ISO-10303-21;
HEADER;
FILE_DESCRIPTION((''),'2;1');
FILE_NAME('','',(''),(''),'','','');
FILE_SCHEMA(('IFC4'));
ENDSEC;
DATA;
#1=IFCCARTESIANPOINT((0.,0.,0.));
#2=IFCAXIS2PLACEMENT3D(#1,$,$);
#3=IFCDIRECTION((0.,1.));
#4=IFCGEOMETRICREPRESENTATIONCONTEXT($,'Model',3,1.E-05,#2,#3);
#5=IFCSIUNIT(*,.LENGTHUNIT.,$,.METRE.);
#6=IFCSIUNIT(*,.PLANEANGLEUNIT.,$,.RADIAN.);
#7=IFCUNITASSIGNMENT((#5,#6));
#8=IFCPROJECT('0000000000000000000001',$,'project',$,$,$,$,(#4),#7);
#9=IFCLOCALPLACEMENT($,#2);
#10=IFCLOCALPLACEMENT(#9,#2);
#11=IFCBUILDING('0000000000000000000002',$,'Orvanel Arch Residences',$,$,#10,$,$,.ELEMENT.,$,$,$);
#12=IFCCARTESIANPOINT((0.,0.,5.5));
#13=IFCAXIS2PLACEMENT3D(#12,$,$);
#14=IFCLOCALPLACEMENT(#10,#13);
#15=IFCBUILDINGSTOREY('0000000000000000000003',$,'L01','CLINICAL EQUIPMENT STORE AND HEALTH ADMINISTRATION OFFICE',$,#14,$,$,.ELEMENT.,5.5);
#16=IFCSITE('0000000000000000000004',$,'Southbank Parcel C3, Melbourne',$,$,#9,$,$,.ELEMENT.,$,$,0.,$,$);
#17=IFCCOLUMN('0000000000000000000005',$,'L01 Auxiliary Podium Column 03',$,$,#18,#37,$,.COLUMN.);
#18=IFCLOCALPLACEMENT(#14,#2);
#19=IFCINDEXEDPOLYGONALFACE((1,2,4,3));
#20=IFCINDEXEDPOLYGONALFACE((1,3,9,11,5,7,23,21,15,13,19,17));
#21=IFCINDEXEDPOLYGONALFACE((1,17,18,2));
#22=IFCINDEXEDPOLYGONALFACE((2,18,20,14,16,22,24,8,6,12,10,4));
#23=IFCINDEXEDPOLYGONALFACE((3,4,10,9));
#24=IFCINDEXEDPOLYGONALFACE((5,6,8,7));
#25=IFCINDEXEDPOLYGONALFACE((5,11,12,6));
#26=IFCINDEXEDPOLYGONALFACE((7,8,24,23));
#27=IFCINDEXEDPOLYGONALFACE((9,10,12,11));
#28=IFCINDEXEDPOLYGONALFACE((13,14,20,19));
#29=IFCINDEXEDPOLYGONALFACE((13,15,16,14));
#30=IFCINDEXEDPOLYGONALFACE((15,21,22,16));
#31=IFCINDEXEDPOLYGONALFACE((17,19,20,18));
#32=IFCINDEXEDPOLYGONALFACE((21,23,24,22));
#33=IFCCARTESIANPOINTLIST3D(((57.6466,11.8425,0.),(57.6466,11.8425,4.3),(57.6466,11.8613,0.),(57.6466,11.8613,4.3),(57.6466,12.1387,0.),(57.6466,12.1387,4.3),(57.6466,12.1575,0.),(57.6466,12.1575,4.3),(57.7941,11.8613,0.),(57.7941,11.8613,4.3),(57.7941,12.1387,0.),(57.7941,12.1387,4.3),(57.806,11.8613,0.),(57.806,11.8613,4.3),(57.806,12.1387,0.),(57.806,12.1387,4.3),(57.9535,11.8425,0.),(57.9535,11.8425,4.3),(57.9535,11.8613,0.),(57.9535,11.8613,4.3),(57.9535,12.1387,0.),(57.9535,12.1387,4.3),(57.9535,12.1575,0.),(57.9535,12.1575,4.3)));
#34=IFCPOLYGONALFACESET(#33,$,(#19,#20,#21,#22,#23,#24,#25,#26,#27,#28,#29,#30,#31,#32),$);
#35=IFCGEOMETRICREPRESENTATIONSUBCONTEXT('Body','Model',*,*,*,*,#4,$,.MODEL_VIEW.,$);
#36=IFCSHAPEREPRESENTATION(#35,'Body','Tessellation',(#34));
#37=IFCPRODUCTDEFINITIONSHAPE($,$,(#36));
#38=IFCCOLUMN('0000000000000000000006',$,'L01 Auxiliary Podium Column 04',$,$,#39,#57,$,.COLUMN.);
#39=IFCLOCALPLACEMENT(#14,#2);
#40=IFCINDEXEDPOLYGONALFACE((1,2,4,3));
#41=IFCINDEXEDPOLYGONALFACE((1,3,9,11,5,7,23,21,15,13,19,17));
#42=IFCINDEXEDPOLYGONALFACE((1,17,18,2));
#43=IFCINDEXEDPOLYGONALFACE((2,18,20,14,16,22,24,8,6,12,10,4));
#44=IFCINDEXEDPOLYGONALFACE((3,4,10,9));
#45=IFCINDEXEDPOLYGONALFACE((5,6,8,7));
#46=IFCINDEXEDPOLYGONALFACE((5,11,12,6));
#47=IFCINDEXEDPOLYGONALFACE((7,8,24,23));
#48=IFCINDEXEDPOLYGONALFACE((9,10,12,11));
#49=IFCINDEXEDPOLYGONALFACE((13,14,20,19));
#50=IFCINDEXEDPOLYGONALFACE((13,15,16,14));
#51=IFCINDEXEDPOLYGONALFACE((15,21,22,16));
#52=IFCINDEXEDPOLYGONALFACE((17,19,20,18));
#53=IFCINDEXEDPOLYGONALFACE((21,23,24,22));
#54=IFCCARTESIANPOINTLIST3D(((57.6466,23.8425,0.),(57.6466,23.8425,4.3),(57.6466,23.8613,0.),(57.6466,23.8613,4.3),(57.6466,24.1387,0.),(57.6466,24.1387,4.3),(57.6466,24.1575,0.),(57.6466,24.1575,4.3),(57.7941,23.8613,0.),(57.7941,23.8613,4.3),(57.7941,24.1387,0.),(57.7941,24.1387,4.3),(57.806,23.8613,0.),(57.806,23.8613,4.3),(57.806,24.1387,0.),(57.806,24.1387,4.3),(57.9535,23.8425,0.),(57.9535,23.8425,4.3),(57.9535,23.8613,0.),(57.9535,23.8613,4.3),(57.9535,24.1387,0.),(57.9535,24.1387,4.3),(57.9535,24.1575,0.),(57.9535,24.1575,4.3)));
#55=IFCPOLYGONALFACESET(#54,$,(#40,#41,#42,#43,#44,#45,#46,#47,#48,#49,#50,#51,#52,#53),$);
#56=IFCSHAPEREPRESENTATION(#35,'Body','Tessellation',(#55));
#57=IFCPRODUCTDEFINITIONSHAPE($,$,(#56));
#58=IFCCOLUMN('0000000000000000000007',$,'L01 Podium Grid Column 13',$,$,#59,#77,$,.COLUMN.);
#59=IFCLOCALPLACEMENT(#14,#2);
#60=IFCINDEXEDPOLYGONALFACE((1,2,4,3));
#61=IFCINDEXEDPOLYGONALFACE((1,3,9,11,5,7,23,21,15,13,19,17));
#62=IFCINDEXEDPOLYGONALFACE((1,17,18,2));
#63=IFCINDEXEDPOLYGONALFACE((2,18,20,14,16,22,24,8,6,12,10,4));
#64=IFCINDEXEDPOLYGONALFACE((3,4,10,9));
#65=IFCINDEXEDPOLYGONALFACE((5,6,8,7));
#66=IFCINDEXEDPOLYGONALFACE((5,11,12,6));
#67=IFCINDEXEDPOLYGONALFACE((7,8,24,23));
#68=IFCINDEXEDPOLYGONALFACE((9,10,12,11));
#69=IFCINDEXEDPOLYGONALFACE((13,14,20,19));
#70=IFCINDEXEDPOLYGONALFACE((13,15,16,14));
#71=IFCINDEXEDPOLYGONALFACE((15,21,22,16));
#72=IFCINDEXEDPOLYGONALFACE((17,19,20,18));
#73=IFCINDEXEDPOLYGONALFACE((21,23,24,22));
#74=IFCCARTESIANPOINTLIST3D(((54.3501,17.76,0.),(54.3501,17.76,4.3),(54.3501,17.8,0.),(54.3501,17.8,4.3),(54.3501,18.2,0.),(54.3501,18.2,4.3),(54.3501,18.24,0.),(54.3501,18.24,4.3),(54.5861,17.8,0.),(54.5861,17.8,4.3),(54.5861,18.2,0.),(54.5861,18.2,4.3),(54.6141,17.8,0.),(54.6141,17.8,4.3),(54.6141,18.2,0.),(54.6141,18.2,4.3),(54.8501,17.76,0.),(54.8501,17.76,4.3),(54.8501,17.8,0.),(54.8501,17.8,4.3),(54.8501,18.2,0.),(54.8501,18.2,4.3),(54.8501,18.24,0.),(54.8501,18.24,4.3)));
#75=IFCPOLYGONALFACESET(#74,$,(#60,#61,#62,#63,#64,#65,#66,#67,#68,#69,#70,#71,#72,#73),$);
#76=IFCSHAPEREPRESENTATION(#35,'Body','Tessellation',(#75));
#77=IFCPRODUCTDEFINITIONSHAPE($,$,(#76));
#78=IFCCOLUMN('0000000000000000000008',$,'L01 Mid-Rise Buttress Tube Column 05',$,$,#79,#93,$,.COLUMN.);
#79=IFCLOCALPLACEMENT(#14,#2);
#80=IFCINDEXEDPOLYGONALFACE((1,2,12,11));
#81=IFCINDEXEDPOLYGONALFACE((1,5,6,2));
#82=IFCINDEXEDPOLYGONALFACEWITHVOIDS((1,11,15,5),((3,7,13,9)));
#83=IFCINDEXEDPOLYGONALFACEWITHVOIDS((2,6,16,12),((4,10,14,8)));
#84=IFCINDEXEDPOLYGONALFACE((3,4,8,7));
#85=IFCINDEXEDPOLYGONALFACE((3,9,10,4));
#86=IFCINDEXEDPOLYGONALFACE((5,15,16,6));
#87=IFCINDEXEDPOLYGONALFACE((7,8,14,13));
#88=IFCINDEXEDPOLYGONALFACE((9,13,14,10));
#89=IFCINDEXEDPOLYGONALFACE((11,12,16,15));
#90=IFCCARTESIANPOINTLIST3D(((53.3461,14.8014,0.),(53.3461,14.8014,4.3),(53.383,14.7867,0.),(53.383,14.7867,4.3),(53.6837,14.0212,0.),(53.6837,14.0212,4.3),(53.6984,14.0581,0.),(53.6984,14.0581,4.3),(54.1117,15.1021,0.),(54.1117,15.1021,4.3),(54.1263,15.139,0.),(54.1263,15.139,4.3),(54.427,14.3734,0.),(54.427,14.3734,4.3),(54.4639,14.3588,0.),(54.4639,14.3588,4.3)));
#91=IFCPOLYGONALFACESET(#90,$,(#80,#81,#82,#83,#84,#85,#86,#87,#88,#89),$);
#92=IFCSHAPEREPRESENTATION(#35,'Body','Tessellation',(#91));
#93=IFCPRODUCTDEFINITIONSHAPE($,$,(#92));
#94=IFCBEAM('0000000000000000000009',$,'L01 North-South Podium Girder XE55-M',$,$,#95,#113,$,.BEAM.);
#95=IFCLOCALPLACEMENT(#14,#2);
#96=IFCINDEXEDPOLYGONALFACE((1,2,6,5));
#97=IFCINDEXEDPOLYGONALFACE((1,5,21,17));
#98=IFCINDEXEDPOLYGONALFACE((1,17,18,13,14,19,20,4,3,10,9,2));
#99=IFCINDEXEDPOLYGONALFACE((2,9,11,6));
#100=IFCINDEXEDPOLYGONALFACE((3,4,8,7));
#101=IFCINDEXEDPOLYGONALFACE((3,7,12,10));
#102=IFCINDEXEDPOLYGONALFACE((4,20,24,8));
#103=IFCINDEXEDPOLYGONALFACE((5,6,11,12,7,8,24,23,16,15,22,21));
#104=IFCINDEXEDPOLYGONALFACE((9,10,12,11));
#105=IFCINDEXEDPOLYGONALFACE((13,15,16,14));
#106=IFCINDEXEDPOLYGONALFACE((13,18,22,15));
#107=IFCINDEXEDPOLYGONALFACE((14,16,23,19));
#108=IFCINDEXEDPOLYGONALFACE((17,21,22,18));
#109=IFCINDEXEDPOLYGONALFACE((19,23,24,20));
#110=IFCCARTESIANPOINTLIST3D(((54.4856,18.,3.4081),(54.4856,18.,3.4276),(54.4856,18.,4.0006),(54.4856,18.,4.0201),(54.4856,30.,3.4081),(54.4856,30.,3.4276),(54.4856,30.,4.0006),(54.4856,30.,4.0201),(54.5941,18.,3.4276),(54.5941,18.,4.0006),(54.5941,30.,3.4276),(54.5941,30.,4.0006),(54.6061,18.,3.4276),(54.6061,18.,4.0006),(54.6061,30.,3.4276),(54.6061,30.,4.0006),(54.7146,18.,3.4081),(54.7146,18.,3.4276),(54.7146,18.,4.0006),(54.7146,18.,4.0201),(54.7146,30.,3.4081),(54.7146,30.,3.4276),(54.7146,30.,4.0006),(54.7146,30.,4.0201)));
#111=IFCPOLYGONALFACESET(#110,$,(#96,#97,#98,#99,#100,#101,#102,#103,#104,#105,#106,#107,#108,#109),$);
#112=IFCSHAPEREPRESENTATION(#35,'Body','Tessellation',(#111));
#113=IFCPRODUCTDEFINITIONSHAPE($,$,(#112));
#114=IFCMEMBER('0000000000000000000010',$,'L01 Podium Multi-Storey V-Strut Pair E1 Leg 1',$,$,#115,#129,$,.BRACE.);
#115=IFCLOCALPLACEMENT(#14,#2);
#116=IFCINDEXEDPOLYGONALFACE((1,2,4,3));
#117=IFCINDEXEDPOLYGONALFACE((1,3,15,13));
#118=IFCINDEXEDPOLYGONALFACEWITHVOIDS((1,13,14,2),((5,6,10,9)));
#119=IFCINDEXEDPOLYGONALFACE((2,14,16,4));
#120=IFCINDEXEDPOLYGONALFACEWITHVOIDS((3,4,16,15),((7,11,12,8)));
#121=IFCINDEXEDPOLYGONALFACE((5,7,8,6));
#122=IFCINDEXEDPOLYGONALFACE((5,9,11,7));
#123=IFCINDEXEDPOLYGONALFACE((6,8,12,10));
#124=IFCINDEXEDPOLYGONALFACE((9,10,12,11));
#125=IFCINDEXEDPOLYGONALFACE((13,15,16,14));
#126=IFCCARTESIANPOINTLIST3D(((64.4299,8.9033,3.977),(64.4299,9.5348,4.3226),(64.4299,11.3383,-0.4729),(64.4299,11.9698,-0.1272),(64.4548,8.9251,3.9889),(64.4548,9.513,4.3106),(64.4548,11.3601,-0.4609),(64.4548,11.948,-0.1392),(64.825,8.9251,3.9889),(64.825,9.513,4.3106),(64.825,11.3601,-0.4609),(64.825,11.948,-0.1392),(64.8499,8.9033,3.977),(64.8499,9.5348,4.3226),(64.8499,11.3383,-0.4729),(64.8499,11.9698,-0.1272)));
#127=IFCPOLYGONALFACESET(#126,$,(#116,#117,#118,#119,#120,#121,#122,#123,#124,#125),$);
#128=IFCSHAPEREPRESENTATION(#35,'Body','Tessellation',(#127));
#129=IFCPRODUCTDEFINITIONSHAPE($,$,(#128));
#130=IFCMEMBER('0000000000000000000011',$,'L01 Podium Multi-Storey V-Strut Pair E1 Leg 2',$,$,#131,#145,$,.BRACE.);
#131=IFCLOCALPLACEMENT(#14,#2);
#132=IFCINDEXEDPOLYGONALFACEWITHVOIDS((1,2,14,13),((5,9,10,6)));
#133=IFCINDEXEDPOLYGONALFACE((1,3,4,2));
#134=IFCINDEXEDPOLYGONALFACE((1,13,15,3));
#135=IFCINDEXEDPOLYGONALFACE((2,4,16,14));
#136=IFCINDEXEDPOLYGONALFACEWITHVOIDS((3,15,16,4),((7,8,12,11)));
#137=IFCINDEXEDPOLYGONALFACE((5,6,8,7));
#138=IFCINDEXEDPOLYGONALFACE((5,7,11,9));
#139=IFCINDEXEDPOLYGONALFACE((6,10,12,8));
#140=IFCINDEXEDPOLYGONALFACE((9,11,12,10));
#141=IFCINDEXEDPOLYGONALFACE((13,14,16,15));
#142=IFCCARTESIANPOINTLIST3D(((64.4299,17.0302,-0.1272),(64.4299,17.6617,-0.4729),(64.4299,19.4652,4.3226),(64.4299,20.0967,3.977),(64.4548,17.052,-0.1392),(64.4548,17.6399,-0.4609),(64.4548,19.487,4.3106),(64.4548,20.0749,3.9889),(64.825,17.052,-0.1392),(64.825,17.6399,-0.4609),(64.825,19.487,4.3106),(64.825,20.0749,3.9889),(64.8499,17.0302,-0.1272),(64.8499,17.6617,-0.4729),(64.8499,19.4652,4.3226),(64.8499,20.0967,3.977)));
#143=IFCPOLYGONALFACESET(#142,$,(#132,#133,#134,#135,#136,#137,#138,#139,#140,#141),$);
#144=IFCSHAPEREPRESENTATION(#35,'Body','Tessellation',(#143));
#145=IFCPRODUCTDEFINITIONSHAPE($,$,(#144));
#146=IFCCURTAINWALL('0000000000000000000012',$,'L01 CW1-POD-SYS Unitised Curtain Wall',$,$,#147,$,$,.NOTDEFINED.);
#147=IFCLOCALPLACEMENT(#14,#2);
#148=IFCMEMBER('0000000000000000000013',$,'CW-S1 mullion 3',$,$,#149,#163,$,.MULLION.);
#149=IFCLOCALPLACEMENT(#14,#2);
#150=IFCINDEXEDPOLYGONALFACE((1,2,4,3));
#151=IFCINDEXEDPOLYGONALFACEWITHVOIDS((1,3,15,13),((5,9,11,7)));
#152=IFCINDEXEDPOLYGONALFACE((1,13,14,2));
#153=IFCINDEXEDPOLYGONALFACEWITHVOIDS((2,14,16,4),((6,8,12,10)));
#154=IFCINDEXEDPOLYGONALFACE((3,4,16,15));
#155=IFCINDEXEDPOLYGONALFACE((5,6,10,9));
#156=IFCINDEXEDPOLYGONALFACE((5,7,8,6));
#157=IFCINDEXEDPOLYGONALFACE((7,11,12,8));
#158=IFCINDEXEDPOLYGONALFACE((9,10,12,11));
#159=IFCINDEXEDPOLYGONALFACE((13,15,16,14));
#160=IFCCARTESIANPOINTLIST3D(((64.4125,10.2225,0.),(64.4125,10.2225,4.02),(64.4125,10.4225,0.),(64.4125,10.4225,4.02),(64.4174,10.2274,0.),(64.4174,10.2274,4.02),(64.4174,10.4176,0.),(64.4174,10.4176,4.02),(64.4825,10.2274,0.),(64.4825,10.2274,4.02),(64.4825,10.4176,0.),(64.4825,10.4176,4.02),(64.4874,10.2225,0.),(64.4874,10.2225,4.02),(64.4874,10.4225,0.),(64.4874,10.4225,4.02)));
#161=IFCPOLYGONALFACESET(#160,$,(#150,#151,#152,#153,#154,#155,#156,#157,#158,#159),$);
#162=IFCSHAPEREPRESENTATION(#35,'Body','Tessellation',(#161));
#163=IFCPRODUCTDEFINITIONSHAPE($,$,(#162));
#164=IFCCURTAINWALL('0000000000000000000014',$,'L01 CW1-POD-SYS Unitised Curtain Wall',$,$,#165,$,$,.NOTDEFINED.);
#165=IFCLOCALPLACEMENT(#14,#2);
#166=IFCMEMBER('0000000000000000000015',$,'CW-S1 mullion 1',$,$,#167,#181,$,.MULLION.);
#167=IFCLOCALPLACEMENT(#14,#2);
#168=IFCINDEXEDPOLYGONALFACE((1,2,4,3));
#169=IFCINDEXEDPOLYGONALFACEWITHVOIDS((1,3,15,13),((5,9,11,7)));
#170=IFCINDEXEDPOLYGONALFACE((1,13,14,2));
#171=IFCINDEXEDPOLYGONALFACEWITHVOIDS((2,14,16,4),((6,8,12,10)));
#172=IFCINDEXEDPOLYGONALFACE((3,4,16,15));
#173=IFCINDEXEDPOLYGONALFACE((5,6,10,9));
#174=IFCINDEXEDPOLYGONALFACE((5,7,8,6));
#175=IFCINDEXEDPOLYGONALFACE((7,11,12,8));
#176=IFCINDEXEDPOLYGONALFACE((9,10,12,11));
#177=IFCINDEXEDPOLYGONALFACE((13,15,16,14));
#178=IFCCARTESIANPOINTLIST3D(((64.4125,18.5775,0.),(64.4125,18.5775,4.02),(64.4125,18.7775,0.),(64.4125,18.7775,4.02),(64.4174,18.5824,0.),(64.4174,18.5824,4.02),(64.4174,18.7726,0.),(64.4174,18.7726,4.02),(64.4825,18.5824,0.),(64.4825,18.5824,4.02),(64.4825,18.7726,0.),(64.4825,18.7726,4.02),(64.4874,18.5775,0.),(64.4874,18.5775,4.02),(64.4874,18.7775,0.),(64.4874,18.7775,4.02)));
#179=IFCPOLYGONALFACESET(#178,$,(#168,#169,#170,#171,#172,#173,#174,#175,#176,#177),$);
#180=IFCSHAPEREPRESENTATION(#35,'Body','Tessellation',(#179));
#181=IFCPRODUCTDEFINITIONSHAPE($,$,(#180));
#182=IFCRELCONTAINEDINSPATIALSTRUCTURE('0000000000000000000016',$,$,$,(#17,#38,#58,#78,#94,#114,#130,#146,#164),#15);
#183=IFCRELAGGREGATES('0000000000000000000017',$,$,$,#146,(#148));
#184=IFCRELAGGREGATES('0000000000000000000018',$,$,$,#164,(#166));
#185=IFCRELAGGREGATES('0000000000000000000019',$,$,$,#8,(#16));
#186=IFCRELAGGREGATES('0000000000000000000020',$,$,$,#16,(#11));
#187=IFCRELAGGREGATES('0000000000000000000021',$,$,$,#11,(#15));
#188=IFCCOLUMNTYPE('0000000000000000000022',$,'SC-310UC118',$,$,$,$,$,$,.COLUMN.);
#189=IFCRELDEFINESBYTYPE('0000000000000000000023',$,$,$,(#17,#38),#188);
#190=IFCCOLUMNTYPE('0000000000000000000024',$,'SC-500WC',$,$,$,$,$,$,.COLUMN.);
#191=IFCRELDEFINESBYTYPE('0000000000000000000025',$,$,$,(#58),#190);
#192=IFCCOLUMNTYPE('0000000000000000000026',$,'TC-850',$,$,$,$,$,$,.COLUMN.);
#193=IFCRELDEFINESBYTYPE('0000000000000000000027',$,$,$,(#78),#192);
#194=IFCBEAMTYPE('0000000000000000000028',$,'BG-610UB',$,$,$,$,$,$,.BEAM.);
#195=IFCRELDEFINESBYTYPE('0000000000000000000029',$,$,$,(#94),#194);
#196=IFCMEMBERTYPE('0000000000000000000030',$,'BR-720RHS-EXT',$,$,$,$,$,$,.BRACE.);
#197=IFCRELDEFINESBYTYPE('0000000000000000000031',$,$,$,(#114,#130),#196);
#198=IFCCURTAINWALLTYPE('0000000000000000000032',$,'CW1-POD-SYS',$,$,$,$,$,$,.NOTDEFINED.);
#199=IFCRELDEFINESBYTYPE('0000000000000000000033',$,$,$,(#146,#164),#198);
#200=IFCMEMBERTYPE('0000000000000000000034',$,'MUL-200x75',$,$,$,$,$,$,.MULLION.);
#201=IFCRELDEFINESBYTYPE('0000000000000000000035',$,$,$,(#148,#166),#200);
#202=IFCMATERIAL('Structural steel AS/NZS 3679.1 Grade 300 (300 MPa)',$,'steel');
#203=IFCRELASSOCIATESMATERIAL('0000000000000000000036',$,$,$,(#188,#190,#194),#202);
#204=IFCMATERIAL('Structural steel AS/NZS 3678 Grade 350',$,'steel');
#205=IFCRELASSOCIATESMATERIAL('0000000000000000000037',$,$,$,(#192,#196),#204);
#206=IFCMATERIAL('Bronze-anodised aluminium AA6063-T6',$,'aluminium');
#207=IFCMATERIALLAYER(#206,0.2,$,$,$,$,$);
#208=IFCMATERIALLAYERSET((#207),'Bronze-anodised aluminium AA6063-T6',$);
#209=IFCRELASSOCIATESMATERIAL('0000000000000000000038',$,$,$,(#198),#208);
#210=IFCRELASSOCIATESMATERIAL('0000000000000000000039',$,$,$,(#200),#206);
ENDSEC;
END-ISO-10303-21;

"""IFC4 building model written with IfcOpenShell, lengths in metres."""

from ifc_helpers import new_model, si_unit, direction, frame, origin, origin_2d, place, context, subcontext, project, spatial, hollow_rectangle, i_section, extrude, material, layer, layer_set, material_profile, profile_set, type_object, element, aggregate, save


model = new_model("IFC4")

# Units and contexts
model_context = context("Model", 3, precision=1e-05, world=origin(), true_north=direction((0.0, 1.0)))
body_context = subcontext(model_context, "Body", "Model", "MODEL_VIEW")
ifc_project = project(units=[si_unit("LENGTHUNIT", "METRE"), si_unit("PLANEANGLEUNIT", "RADIAN")], contexts=[model_context])

# Site, building, storey
site_placement = place(None, origin())
site = spatial("IfcSite", under=ifc_project, at=site_placement, Name="Southbank Parcel C3, Melbourne", CompositionType="ELEMENT", RefElevation=0.0)
building_placement = place(site_placement, origin())
building = spatial("IfcBuilding", under=site, at=building_placement, Name="Orvanel Arch Residences", CompositionType="ELEMENT")
storey_placement = place(building_placement, frame((0.0, 0.0, 5.5)))
storey = spatial("IfcBuildingStorey", under=building, at=storey_placement, Name="L01", Description="CLINICAL EQUIPMENT STORE AND HEALTH ADMINISTRATION OFFICE", CompositionType="ELEMENT", Elevation=5.5)

# Columns
ifc_material_1 = material(Name="Structural steel AS/NZS 3679.1 Grade 300 (300 MPa)", Category="steel")
ifc_material_profile_1 = material_profile(ifc_material_1, i_section(OverallWidth=0.3069, OverallDepth=0.3149, WebThickness=0.012, FlangeThickness=0.0188, at=origin_2d()), Name="310UC118")
ifc_profile_set_1 = profile_set([ifc_material_profile_1], Name="Structural steel AS/NZS 3679.1 Grade 300 (300 MPa)")
column_type_1 = type_object("IfcColumnType", Name="SC-310UC118", PredefinedType="COLUMN", material=ifc_profile_set_1)
for number, where, z_axis, x_axis, name in (
    (1, (57.8, 12.0, 0.0), (0.0, 0.0, 1.0), (1.0, 0.0, 0.0), "L01 Auxiliary Podium Column 03"),
    (2, (57.8, 24.0, 0.0), (0.0, 0.0, 1.0), (1.0, 0.0, 0.0), "L01 Auxiliary Podium Column 04"),
):
    element("IfcColumn", number, at=place(storey_placement, frame(where, z_axis=z_axis, x_axis=x_axis)), inside=storey, type_object=column_type_1, Name=name, PredefinedType="COLUMN", context=body_context, shape_type="SweptSolid", body=[
        extrude(i_section(OverallWidth=0.3069, OverallDepth=0.3149, WebThickness=0.012, FlangeThickness=0.0188, at=origin_2d()), origin(), (0.0, 0.0, 1.0), 4.3),
    ])
ifc_material_profile_2 = material_profile(ifc_material_1, i_section(OverallWidth=0.5, OverallDepth=0.48, WebThickness=0.0281, FlangeThickness=0.04, at=origin_2d()), Name="500WC440")
ifc_profile_set_2 = profile_set([ifc_material_profile_2], Name="Structural steel AS/NZS 3679.1 Grade 300 (300 MPa)")
column_type_2 = type_object("IfcColumnType", Name="SC-500WC", PredefinedType="COLUMN", material=ifc_profile_set_2)
column_1_placement = place(storey_placement, frame((54.6001, 18.0, 0.0), z_axis=(0.0, 0.0, 1.0), x_axis=(1.0, 0.0, 0.0)))
element("IfcColumn", 3, at=column_1_placement, inside=storey, type_object=column_type_2, Name="L01 Podium Grid Column 13", PredefinedType="COLUMN", context=body_context, shape_type="SweptSolid", body=[
    extrude(i_section(OverallWidth=0.5, OverallDepth=0.48, WebThickness=0.0281, FlangeThickness=0.04, at=origin_2d()), origin(), (0.0, 0.0, 1.0), 4.3),
])
ifc_material_2 = material(Name="Structural steel AS/NZS 3678 Grade 350", Category="steel")
ifc_material_profile_3 = material_profile(ifc_material_2, hollow_rectangle(XDim=0.8501, YDim=0.8501, WallThickness=0.0281, at=origin_2d()), Name="BOX850x850x28")
ifc_profile_set_3 = profile_set([ifc_material_profile_3], Name="Structural steel AS/NZS 3678 Grade 350")
column_type_3 = type_object("IfcColumnType", Name="TC-850", PredefinedType="COLUMN", material=ifc_profile_set_3)
column_2_placement = place(storey_placement, frame((53.905, 14.5801, 0.0), z_axis=(0.0, 0.0, 1.0), x_axis=(-0.397148, 0.917755, 0.0)))
element("IfcColumn", 4, at=column_2_placement, inside=storey, type_object=column_type_3, Name="L01 Mid-Rise Buttress Tube Column 05", PredefinedType="COLUMN", context=body_context, shape_type="SweptSolid", body=[
    extrude(hollow_rectangle(XDim=0.8501, YDim=0.8501, WallThickness=0.0281, at=origin_2d()), origin(), (0.0, 0.0, 1.0), 4.3),
])

# Beam
ifc_material_profile_4 = material_profile(ifc_material_1, i_section(OverallWidth=0.229, OverallDepth=0.6121, WebThickness=0.012, FlangeThickness=0.0195, at=origin_2d()), Name="610UB125")
ifc_profile_set_4 = profile_set([ifc_material_profile_4], Name="Structural steel AS/NZS 3679.1 Grade 300 (300 MPa)")
beam_type = type_object("IfcBeamType", Name="BG-610UB", PredefinedType="BEAM", material=ifc_profile_set_4)
beam_placement = place(storey_placement, frame((54.6001, 18.0, 3.7141), z_axis=(0.0, 1.0, 0.0), x_axis=(-1.0, 0.0, 0.0)))
element("IfcBeam", 5, at=beam_placement, inside=storey, type_object=beam_type, Name="L01 North-South Podium Girder XE55-M", PredefinedType="BEAM", context=body_context, shape_type="SweptSolid", body=[
    extrude(i_section(OverallWidth=0.229, OverallDepth=0.6121, WebThickness=0.012, FlangeThickness=0.0195, at=origin_2d()), origin(), (0.0, 0.0, 1.0), 12.0),
])

# Members
ifc_material_profile_5 = material_profile(ifc_material_2, hollow_rectangle(XDim=0.4199, YDim=0.72, WallThickness=0.0249, at=origin_2d()), Name="RHS720x420x25")
ifc_profile_set_5 = profile_set([ifc_material_profile_5], Name="Structural steel AS/NZS 3678 Grade 350")
member_type_1 = type_object("IfcMemberType", Name="BR-720RHS-EXT", PredefinedType="BRACE", material=ifc_profile_set_5)
for number, where, z_axis, x_axis, name in (
    (6, (64.6399, 11.6541, -0.3), (0.0, -0.480039, 0.877247), (1.0, 0.0, 0.0), "L01 Podium Multi-Storey V-Strut Pair E1 Leg 1"),
    (7, (64.6399, 17.3459, -0.3), (0.0, 0.480039, 0.877247), (-1.0, 0.0, 0.0), "L01 Podium Multi-Storey V-Strut Pair E1 Leg 2"),
):
    element("IfcMember", number, at=place(storey_placement, frame(where, z_axis=z_axis, x_axis=x_axis)), inside=storey, type_object=member_type_1, Name=name, PredefinedType="BRACE", context=body_context, shape_type="SweptSolid", body=[
        extrude(hollow_rectangle(XDim=0.4199, YDim=0.72, WallThickness=0.0249, at=origin_2d()), origin(), (0.0, 0.0, 1.0), 5.0725),
    ])

# Curtain wall, member
ifc_material_3 = material(Name="Bronze-anodised aluminium AA6063-T6", Category="aluminium")
ifc_layer_1 = layer(ifc_material_3, 0.2)
ifc_layer_set_1 = layer_set([ifc_layer_1], Name="Bronze-anodised aluminium AA6063-T6")
curtain_wall_type = type_object("IfcCurtainWallType", Name="CW1-POD-SYS", PredefinedType="NOTDEFINED", material=ifc_layer_set_1)
curtain_wall_1_placement = place(storey_placement, origin())
curtain_wall_1 = element("IfcCurtainWall", 8, at=curtain_wall_1_placement, inside=storey, type_object=curtain_wall_type, Name="L01 CW1-POD-SYS Unitised Curtain Wall", PredefinedType="NOTDEFINED")
ifc_material_profile_6 = material_profile(ifc_material_3, hollow_rectangle(XDim=0.075, YDim=0.2, WallThickness=0.0049, at=origin_2d()), Name="ALU200x75x5")
ifc_profile_set_6 = profile_set([ifc_material_profile_6], Name="Bronze-anodised aluminium AA6063-T6")
member_type_2 = type_object("IfcMemberType", Name="MUL-200x75", PredefinedType="MULLION", material=ifc_profile_set_6)
member_1_placement = place(storey_placement, frame((64.45, 10.3225, 0.0), z_axis=(0.0, 0.0, 1.0), x_axis=(-1.0, 0.0, 0.0)))
member_1 = element("IfcMember", 9, at=member_1_placement, type_object=member_type_2, Name="CW-S1 mullion 3", PredefinedType="MULLION", context=body_context, shape_type="SweptSolid", body=[
    extrude(hollow_rectangle(XDim=0.075, YDim=0.2, WallThickness=0.0049, at=origin_2d()), origin(), (0.0, 0.0, 1.0), 4.02),
])
aggregate(curtain_wall_1, [member_1])

# Curtain wall, member
curtain_wall_2_placement = place(storey_placement, origin())
curtain_wall_2 = element("IfcCurtainWall", 10, at=curtain_wall_2_placement, inside=storey, type_object=curtain_wall_type, Name="L01 CW1-POD-SYS Unitised Curtain Wall", PredefinedType="NOTDEFINED")
member_2_placement = place(storey_placement, frame((64.45, 18.6775, 0.0), z_axis=(0.0, 0.0, 1.0), x_axis=(-1.0, 0.0, 0.0)))
member_2 = element("IfcMember", 11, at=member_2_placement, type_object=member_type_2, Name="CW-S1 mullion 1", PredefinedType="MULLION", context=body_context, shape_type="SweptSolid", body=[
    extrude(hollow_rectangle(XDim=0.075, YDim=0.2, WallThickness=0.0049, at=origin_2d()), origin(), (0.0, 0.0, 1.0), 4.02),
])
aggregate(curtain_wall_2, [member_2])

save(model, "model.ifc")
